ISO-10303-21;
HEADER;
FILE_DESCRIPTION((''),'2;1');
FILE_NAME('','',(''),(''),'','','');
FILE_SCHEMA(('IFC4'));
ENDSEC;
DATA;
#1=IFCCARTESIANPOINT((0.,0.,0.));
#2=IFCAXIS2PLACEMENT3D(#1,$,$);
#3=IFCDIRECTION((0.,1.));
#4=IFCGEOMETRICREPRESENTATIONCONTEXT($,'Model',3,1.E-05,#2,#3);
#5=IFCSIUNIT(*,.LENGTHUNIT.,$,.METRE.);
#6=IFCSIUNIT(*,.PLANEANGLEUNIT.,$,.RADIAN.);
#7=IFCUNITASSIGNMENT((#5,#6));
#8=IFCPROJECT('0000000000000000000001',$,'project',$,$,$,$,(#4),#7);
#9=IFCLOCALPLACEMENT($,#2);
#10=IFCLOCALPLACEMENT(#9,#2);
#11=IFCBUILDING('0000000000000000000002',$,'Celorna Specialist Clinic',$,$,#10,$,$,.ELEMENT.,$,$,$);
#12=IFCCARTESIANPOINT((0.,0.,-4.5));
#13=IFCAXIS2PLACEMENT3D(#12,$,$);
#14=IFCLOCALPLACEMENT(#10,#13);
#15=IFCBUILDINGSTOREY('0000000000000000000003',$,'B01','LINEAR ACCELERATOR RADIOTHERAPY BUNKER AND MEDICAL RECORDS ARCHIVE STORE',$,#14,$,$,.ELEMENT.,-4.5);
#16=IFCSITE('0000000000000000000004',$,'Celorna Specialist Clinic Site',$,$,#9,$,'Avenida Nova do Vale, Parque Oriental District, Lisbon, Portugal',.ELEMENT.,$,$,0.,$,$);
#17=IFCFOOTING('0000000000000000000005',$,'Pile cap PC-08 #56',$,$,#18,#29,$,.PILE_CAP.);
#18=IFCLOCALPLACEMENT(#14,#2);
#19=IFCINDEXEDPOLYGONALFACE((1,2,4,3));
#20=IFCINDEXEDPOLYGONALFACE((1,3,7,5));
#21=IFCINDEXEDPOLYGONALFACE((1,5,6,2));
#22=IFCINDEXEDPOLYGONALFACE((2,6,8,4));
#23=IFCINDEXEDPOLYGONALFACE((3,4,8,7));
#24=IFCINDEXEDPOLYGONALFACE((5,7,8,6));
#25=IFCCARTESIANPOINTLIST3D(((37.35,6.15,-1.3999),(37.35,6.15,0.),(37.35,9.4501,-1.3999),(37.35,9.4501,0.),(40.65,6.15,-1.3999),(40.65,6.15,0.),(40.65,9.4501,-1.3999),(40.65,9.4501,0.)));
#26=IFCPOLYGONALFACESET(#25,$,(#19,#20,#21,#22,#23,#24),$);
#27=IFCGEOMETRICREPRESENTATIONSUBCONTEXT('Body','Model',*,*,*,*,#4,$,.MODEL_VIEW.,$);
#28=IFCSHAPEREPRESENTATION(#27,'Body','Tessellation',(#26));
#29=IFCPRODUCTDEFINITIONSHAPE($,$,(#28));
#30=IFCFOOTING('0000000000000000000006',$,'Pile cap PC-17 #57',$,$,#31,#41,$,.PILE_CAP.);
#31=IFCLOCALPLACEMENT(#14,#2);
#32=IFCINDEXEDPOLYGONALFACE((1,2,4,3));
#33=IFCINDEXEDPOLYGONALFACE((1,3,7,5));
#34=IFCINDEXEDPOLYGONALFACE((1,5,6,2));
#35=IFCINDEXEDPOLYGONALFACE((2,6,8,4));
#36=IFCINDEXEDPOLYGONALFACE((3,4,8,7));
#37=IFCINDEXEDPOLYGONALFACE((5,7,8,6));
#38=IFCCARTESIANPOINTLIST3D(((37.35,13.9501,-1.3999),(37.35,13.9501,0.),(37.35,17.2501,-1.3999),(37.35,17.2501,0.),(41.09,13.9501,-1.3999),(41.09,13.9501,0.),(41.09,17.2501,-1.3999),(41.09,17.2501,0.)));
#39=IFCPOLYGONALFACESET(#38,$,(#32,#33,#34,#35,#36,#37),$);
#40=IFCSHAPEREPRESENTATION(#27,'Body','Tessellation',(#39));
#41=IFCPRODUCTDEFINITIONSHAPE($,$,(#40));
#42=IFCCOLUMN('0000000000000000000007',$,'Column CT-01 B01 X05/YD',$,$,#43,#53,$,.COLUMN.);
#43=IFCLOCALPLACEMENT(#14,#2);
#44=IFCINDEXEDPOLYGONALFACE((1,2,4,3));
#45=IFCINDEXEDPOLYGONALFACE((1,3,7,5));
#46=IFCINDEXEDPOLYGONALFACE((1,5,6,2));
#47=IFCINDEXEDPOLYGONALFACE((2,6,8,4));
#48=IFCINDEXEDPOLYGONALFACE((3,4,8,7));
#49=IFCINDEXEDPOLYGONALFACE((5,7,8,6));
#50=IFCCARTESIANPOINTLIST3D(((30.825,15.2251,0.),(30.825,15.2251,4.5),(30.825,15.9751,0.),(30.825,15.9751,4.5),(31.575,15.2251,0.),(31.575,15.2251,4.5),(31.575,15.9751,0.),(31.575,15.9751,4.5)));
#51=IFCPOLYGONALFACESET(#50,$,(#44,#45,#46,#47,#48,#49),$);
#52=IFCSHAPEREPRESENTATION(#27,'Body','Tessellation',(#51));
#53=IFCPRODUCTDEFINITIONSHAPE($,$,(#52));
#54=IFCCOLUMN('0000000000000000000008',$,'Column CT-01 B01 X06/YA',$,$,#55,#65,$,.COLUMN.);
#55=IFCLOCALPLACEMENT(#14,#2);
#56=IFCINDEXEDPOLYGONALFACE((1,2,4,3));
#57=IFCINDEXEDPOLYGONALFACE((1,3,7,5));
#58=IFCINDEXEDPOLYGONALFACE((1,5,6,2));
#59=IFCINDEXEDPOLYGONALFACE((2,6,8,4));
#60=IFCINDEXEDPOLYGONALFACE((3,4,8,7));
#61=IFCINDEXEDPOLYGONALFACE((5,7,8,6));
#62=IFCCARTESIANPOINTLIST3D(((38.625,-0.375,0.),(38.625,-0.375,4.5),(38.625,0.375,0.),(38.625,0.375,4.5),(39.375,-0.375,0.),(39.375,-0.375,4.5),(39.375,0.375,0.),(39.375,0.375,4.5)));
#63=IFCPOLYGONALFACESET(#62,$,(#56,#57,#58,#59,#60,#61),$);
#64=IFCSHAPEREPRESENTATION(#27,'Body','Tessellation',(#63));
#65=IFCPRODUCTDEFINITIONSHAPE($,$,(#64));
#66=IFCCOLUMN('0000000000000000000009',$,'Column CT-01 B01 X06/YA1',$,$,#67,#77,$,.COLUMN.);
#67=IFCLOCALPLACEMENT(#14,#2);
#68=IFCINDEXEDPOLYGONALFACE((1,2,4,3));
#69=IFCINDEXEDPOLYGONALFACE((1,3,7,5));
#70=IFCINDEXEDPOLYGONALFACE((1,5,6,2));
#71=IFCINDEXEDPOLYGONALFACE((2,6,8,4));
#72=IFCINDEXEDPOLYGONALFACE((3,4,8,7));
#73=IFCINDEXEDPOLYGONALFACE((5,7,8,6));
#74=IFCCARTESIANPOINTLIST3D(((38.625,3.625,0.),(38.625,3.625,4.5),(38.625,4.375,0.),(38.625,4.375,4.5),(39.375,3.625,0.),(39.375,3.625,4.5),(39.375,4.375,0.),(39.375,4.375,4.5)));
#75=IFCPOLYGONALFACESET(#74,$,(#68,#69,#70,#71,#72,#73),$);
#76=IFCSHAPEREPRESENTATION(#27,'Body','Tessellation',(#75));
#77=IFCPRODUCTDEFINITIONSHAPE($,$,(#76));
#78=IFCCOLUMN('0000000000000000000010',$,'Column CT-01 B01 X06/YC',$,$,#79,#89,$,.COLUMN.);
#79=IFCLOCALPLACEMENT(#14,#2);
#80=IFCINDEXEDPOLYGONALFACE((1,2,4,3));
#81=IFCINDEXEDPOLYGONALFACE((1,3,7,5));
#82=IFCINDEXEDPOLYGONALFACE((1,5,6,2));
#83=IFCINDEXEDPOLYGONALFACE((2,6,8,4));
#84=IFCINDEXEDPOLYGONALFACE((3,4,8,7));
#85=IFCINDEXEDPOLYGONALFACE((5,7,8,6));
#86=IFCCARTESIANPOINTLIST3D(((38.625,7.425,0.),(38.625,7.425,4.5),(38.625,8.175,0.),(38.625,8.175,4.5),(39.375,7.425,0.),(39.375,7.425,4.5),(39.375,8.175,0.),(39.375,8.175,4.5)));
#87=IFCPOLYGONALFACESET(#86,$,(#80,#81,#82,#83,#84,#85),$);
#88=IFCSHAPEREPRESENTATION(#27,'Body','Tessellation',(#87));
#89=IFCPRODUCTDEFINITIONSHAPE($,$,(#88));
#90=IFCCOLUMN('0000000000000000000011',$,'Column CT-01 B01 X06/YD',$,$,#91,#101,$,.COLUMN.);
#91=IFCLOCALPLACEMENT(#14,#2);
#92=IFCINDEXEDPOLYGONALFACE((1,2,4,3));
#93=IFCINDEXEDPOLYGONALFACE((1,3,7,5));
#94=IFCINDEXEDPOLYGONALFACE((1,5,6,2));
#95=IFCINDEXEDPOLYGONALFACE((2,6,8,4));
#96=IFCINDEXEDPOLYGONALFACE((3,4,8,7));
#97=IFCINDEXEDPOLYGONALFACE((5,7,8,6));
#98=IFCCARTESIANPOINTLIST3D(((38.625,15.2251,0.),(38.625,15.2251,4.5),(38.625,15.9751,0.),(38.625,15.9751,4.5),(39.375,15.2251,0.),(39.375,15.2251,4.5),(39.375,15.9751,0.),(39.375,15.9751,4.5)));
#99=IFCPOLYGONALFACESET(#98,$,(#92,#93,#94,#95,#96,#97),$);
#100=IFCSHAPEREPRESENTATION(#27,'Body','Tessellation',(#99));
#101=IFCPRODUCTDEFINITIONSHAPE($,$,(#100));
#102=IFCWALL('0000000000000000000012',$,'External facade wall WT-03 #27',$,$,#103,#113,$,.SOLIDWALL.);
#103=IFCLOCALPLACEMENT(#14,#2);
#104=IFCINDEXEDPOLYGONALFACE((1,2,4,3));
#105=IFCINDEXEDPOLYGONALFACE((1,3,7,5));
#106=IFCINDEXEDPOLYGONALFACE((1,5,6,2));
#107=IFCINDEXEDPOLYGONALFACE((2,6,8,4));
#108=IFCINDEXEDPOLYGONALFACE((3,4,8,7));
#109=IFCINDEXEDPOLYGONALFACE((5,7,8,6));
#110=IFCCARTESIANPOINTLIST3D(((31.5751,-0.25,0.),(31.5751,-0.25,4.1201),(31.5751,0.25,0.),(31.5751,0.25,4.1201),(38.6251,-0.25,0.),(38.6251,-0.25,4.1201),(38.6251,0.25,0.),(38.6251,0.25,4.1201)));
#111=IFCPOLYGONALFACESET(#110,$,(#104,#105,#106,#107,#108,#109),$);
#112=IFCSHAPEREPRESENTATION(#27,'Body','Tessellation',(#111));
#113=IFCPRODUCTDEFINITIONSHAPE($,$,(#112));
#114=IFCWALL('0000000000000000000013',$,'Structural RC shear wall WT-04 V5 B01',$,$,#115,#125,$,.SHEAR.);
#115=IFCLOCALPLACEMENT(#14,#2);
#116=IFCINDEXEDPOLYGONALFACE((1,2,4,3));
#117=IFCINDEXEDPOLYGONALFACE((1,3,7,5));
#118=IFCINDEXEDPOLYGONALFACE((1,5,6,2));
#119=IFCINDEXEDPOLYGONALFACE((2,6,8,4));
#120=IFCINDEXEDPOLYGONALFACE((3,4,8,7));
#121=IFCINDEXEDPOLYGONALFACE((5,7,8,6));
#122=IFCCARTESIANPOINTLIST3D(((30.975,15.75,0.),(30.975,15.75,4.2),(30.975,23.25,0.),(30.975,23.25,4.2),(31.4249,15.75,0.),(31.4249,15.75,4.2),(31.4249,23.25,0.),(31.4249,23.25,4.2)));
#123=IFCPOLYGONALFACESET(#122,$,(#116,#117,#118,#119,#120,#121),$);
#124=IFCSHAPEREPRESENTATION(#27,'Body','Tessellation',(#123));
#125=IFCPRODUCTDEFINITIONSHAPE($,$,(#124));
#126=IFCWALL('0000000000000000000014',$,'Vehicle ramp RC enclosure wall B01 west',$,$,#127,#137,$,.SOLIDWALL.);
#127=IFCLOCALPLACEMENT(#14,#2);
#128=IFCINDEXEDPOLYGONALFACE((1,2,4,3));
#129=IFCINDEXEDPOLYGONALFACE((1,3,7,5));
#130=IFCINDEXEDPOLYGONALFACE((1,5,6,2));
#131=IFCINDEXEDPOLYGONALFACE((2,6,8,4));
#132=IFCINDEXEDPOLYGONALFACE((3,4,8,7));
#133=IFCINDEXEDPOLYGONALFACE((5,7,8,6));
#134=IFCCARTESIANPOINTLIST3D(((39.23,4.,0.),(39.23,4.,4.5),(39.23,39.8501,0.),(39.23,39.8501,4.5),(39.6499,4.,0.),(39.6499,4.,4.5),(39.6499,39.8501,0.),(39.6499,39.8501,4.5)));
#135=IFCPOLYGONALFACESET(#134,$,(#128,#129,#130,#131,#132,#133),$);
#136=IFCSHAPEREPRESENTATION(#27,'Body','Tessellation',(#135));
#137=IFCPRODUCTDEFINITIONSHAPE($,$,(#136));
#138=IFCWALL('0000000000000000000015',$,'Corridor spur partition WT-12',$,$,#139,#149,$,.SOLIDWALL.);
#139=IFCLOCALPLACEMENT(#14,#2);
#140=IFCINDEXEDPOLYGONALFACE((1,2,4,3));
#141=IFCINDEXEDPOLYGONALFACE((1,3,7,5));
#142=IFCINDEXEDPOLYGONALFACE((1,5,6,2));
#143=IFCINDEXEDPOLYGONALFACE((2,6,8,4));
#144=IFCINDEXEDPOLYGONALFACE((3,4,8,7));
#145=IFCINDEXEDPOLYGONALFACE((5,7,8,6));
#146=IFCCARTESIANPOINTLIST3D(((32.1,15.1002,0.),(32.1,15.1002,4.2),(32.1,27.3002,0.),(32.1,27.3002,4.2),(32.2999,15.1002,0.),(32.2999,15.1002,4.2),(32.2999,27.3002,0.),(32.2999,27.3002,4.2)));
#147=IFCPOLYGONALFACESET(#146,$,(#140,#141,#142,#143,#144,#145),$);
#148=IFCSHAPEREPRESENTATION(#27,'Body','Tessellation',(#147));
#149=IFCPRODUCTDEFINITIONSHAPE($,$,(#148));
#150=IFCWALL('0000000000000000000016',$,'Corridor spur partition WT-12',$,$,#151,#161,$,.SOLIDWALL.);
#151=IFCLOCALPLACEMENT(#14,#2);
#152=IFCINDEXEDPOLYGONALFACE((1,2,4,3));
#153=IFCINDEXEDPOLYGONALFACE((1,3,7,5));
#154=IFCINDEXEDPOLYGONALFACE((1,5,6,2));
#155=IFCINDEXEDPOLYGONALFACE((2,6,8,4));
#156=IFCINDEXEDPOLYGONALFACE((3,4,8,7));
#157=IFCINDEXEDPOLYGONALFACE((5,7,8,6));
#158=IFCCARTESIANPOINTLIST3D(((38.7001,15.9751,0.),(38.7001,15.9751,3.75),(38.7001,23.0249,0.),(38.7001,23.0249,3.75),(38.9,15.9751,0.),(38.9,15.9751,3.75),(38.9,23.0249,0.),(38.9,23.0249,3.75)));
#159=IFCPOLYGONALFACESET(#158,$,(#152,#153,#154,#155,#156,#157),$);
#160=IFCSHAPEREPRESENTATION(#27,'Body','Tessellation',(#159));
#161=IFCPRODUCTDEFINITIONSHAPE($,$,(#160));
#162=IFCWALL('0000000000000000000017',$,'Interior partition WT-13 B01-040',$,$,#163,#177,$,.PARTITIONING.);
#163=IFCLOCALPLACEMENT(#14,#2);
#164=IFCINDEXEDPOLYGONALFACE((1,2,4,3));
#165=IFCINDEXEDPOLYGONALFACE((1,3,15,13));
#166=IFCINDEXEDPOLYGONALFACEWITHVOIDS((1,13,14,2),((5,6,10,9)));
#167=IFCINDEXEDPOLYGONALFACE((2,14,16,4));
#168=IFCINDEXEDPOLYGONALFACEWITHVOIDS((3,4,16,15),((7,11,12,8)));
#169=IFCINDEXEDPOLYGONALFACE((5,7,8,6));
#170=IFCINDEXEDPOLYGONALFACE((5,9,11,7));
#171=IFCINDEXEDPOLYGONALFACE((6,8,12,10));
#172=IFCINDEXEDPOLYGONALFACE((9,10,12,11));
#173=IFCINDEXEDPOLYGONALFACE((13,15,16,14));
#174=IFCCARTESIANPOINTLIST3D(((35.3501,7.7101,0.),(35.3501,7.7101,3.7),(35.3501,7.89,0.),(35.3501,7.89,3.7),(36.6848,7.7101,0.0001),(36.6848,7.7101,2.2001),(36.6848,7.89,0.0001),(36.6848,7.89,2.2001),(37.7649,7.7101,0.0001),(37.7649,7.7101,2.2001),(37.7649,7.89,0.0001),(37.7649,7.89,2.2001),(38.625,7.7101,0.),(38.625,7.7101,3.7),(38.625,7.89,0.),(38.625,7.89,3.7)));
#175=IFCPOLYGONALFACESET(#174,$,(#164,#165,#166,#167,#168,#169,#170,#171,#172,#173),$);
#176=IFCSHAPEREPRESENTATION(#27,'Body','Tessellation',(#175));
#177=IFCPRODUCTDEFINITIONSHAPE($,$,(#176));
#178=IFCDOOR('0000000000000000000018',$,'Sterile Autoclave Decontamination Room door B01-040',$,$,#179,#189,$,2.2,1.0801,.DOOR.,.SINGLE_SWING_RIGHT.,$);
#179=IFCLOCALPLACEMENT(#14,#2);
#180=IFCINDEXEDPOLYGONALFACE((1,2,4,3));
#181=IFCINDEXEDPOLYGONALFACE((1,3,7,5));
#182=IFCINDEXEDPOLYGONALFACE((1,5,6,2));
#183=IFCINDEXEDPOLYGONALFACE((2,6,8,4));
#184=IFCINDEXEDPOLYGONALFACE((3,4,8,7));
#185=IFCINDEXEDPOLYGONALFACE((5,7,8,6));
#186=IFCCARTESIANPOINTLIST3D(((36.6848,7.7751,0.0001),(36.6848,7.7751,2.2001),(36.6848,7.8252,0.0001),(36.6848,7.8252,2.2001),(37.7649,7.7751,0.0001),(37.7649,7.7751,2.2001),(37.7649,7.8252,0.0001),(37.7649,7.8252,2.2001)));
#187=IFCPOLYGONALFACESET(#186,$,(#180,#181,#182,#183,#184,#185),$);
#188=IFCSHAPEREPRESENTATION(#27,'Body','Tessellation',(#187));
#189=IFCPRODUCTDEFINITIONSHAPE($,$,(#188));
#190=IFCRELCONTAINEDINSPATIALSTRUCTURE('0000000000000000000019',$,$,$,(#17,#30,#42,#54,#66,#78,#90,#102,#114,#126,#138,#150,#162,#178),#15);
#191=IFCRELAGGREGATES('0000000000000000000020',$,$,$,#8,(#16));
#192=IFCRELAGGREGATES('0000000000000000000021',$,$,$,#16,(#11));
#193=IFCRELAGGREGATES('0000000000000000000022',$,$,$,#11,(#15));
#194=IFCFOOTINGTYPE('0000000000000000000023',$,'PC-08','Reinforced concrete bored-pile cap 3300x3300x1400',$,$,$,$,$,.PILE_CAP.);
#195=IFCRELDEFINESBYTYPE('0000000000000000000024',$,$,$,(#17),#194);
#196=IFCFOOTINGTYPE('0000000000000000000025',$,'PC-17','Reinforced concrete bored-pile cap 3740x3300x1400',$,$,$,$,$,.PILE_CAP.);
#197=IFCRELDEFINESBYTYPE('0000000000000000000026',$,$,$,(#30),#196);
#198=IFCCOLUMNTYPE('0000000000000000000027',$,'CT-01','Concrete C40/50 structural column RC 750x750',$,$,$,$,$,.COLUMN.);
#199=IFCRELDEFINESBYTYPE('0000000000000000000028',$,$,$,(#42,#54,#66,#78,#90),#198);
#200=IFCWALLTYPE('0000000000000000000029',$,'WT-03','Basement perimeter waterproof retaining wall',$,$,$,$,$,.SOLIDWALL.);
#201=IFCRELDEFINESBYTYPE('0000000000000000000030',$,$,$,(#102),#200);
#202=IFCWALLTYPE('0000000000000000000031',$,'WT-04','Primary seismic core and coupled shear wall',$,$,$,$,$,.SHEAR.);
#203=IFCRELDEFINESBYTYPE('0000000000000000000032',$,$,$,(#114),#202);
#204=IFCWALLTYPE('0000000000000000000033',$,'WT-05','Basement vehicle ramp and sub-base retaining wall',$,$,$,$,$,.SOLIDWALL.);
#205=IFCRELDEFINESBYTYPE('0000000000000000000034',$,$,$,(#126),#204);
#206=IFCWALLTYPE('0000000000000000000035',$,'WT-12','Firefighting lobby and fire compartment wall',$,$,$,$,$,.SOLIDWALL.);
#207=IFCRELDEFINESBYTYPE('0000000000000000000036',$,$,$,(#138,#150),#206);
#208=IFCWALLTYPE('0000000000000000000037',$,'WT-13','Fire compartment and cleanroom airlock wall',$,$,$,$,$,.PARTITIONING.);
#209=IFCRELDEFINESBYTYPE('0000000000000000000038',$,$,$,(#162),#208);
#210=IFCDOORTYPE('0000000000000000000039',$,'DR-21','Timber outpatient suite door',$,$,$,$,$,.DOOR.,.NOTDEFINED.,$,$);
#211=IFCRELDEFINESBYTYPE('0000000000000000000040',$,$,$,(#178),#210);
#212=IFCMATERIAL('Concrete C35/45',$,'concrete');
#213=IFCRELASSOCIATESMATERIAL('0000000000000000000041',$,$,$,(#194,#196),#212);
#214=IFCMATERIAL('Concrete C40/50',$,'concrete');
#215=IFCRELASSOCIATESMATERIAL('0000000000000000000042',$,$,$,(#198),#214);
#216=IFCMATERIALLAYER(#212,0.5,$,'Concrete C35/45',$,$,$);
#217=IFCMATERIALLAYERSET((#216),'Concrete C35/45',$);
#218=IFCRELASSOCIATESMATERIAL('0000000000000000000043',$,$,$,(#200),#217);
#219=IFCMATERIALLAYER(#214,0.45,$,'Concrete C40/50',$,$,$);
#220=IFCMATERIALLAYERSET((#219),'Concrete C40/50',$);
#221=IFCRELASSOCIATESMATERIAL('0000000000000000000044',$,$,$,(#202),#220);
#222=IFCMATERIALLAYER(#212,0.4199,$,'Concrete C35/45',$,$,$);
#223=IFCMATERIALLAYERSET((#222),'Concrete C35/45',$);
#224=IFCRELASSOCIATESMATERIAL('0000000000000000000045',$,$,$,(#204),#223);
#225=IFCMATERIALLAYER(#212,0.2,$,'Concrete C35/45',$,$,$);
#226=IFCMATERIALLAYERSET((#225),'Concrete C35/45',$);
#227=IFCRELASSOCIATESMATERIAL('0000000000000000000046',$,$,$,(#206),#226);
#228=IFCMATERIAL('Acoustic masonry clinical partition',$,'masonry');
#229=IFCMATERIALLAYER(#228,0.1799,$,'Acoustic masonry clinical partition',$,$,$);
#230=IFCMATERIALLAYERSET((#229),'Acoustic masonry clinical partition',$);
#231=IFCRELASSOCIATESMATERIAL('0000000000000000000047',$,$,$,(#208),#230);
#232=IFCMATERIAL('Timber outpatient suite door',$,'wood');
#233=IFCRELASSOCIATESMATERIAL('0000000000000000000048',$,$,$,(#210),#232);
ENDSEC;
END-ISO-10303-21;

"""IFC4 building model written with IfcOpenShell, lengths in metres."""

from ifc_helpers import new_model, si_unit, direction, frame, frame_2d, origin, origin_2d, place, context, subcontext, project, spatial, rectangle, extrude, material, layer, layer_set, material_profile, profile_set, type_object, element, fill, save


model = new_model("IFC4")

# Units and contexts
model_context = context("Model", 3, precision=1e-05, world=origin(), true_north=direction((0.0, 1.0)))
body_context = subcontext(model_context, "Body", "Model", "MODEL_VIEW")
ifc_project = project(units=[si_unit("LENGTHUNIT", "METRE"), si_unit("PLANEANGLEUNIT", "RADIAN")], contexts=[model_context])

# Site, building, storey
site_placement = place(None, origin())
site = spatial("IfcSite", under=ifc_project, at=site_placement, Name="Celorna Specialist Clinic Site", LongName="Avenida Nova do Vale, Parque Oriental District, Lisbon, Portugal", CompositionType="ELEMENT", RefElevation=0.0)
building_placement = place(site_placement, origin())
building = spatial("IfcBuilding", under=site, at=building_placement, Name="Celorna Specialist Clinic", CompositionType="ELEMENT")
storey_placement = place(building_placement, frame((0.0, 0.0, -4.5)))
storey = spatial("IfcBuildingStorey", under=building, at=storey_placement, Name="B01", Description="LINEAR ACCELERATOR RADIOTHERAPY BUNKER AND MEDICAL RECORDS ARCHIVE STORE", CompositionType="ELEMENT", Elevation=-4.5)

# Shared definitions
ifc_material_1 = material(Name="Concrete C35/45", Category="concrete")

# Footings
footing_type_1 = type_object("IfcFootingType", Name="PC-08", Description="Reinforced concrete bored-pile cap 3300x3300x1400", PredefinedType="PILE_CAP", material=ifc_material_1)
footing_1_placement = place(storey_placement, frame((39.0, 7.8, -1.3999), z_axis=(0.0, 0.0, 1.0), x_axis=(1.0, 0.0, 0.0)))
element("IfcFooting", 1, at=footing_1_placement, inside=storey, type_object=footing_type_1, Name="Pile cap PC-08 #56", PredefinedType="PILE_CAP", context=body_context, shape_type="SweptSolid", body=[
    extrude(rectangle(XDim=3.3, YDim=3.3, at=origin_2d()), origin(), (0.0, 0.0, 1.0), 1.3999),
])
footing_type_2 = type_object("IfcFootingType", Name="PC-17", Description="Reinforced concrete bored-pile cap 3740x3300x1400", PredefinedType="PILE_CAP", material=ifc_material_1)
footing_2_placement = place(storey_placement, frame((39.22, 15.6001, -1.3999), z_axis=(0.0, 0.0, 1.0), x_axis=(1.0, 0.0, 0.0)))
element("IfcFooting", 2, at=footing_2_placement, inside=storey, type_object=footing_type_2, Name="Pile cap PC-17 #57", PredefinedType="PILE_CAP", context=body_context, shape_type="SweptSolid", body=[
    extrude(rectangle(XDim=3.74, YDim=3.3, at=origin_2d()), origin(), (0.0, 0.0, 1.0), 1.3999),
])

# Columns
ifc_material_2 = material(Name="Concrete C40/50", Category="concrete")
ifc_material_profile_1 = material_profile(ifc_material_2, rectangle(XDim=0.75, YDim=0.75, at=origin_2d()), Name="RC 750x750")
ifc_profile_set_1 = profile_set([ifc_material_profile_1], Name="Concrete C40/50")
column_type = type_object("IfcColumnType", Name="CT-01", Description="Concrete C40/50 structural column RC 750x750", PredefinedType="COLUMN", material=ifc_profile_set_1)
for number, where, z_axis, x_axis, name in (
    (3, (31.2, 15.6001, 0.0), (0.0, 0.0, 1.0), (1.0, 0.0, 0.0), "Column CT-01 B01 X05/YD"),
    (4, (39.0, 0.0, 0.0), (0.0, 0.0, 1.0), (1.0, 0.0, 0.0), "Column CT-01 B01 X06/YA"),
    (5, (39.0, 4.0, 0.0), (0.0, 0.0, 1.0), (1.0, 0.0, 0.0), "Column CT-01 B01 X06/YA1"),
    (6, (39.0, 7.8, 0.0), (0.0, 0.0, 1.0), (1.0, 0.0, 0.0), "Column CT-01 B01 X06/YC"),
    (7, (39.0, 15.6001, 0.0), (0.0, 0.0, 1.0), (1.0, 0.0, 0.0), "Column CT-01 B01 X06/YD"),
):
    element("IfcColumn", number, at=place(storey_placement, frame(where, z_axis=z_axis, x_axis=x_axis)), inside=storey, type_object=column_type, Name=name, PredefinedType="COLUMN", context=body_context, shape_type="SweptSolid", body=[
        extrude(rectangle(XDim=0.75, YDim=0.75, at=origin_2d()), origin(), (0.0, 0.0, 1.0), 4.5),
    ])

# Walls
ifc_layer_1 = layer(ifc_material_1, 0.5, Name="Concrete C35/45")
ifc_layer_set_1 = layer_set([ifc_layer_1], Name="Concrete C35/45")
wall_type_1 = type_object("IfcWallType", Name="WT-03", Description="Basement perimeter waterproof retaining wall", PredefinedType="SOLIDWALL", material=ifc_layer_set_1)
wall_1_placement = place(storey_placement, frame((38.625, 0.0, 0.0), z_axis=(0.0, 0.0, 1.0), x_axis=(-1.0, 0.0, 0.0)))
element("IfcWall", 8, at=wall_1_placement, inside=storey, type_object=wall_type_1, Name="External facade wall WT-03 #27", PredefinedType="SOLIDWALL", context=body_context, shape_type="SweptSolid", body=[
    extrude(rectangle(XDim=7.05, YDim=0.5, at=frame_2d((3.5249, 0.0))), origin(), (0.0, 0.0, 1.0), 4.1201),
])
ifc_layer_2 = layer(ifc_material_2, 0.45, Name="Concrete C40/50")
ifc_layer_set_2 = layer_set([ifc_layer_2], Name="Concrete C40/50")
wall_type_2 = type_object("IfcWallType", Name="WT-04", Description="Primary seismic core and coupled shear wall", PredefinedType="SHEAR", material=ifc_layer_set_2)
wall_2_placement = place(storey_placement, frame((31.2, 15.75, 0.0), z_axis=(0.0, 0.0, 1.0), x_axis=(0.0, 1.0, 0.0)))
element("IfcWall", 9, at=wall_2_placement, inside=storey, type_object=wall_type_2, Name="Structural RC shear wall WT-04 V5 B01", PredefinedType="SHEAR", context=body_context, shape_type="SweptSolid", body=[
    extrude(rectangle(XDim=7.5, YDim=0.45, at=frame_2d((3.75, 0.0))), origin(), (0.0, 0.0, 1.0), 4.2),
])
ifc_layer_3 = layer(ifc_material_1, 0.4199, Name="Concrete C35/45")
ifc_layer_set_3 = layer_set([ifc_layer_3], Name="Concrete C35/45")
wall_type_3 = type_object("IfcWallType", Name="WT-05", Description="Basement vehicle ramp and sub-base retaining wall", PredefinedType="SOLIDWALL", material=ifc_layer_set_3)
wall_3_placement = place(storey_placement, frame((39.4399, 4.0, 0.0), z_axis=(0.0, 0.0, 1.0), x_axis=(0.0, 1.0, 0.0)))
element("IfcWall", 10, at=wall_3_placement, inside=storey, type_object=wall_type_3, Name="Vehicle ramp RC enclosure wall B01 west", PredefinedType="SOLIDWALL", context=body_context, shape_type="SweptSolid", body=[
    extrude(rectangle(XDim=35.8501, YDim=0.4199, at=frame_2d((17.925, 0.0))), origin(), (0.0, 0.0, 1.0), 4.5),
])
ifc_layer_4 = layer(ifc_material_1, 0.2, Name="Concrete C35/45")
ifc_layer_set_4 = layer_set([ifc_layer_4], Name="Concrete C35/45")
wall_type_4 = type_object("IfcWallType", Name="WT-12", Description="Firefighting lobby and fire compartment wall", PredefinedType="SOLIDWALL", material=ifc_layer_set_4)
wall_4_placement = place(storey_placement, frame((32.2, 15.1001, 0.0), z_axis=(0.0, 0.0, 1.0), x_axis=(0.0, 1.0, 0.0)))
element("IfcWall", 11, at=wall_4_placement, inside=storey, type_object=wall_type_4, Name="Corridor spur partition WT-12", PredefinedType="SOLIDWALL", context=body_context, shape_type="SweptSolid", body=[
    extrude(rectangle(XDim=12.2, YDim=0.2, at=frame_2d((6.1001, 0.0))), origin(), (0.0, 0.0, 1.0), 4.2),
])
wall_5_placement = place(storey_placement, frame((38.8, 15.9751, 0.0), z_axis=(0.0, 0.0, 1.0), x_axis=(0.0, 1.0, 0.0)))
element("IfcWall", 12, at=wall_5_placement, inside=storey, type_object=wall_type_4, Name="Corridor spur partition WT-12", PredefinedType="SOLIDWALL", context=body_context, shape_type="SweptSolid", body=[
    extrude(rectangle(XDim=7.0498, YDim=0.2, at=frame_2d((3.5249, 0.0))), origin(), (0.0, 0.0, 1.0), 3.75),
])

# Wall, opening, door
ifc_material_3 = material(Name="Acoustic masonry clinical partition", Category="masonry")
ifc_layer_5 = layer(ifc_material_3, 0.1799, Name="Acoustic masonry clinical partition")
ifc_layer_set_5 = layer_set([ifc_layer_5], Name="Acoustic masonry clinical partition")
wall_type_5 = type_object("IfcWallType", Name="WT-13", Description="Fire compartment and cleanroom airlock wall", PredefinedType="PARTITIONING", material=ifc_layer_set_5)
wall_6_placement = place(storey_placement, frame((38.625, 7.8, 0.0), z_axis=(0.0, 0.0, 1.0), x_axis=(-1.0, 0.0, 0.0)))
wall_6 = element("IfcWall", 13, at=wall_6_placement, inside=storey, type_object=wall_type_5, Name="Interior partition WT-13 B01-040", PredefinedType="PARTITIONING", context=body_context, shape_type="SweptSolid", body=[
    extrude(rectangle(XDim=3.2749, YDim=0.1799, at=frame_2d((1.6375, 0.0))), origin(), (0.0, 0.0, 1.0), 3.7),
])
opening_1_placement = place(wall_6_placement, frame((0.8601, 0.0, 0.0)))
opening_1 = element("IfcOpeningElement", 14, at=opening_1_placement, cuts=wall_6, PredefinedType="OPENING", context=body_context, shape_type="SweptSolid", body=[
    extrude(rectangle(XDim=1.0801, YDim=2.2, at=frame_2d((0.54, 1.1001))), frame((0.0, 0.0999, 0.0), z_axis=(0.0, -1.0, 0.0), x_axis=(1.0, 0.0, 0.0)), (0.0, 0.0, 1.0), 0.2),
])
ifc_material_4 = material(Name="Timber outpatient suite door", Category="wood")
door_type_1 = type_object("IfcDoorType", Name="DR-21", Description="Timber outpatient suite door", OperationType="NOTDEFINED", PredefinedType="DOOR", material=ifc_material_4)
door_1_placement = place(opening_1_placement, origin())
door_1 = element("IfcDoor", 15, at=door_1_placement, inside=storey, type_object=door_type_1, Name="Sterile Autoclave Decontamination Room door B01-040", OperationType="SINGLE_SWING_RIGHT", OverallHeight=2.2, OverallWidth=1.0801, PredefinedType="DOOR", context=body_context, shape_type="SweptSolid", body=[
    extrude(rectangle(XDim=1.0801, YDim=2.2, at=frame_2d((0.54, 1.1001))), frame((0.0, 0.0249, 0.0), z_axis=(0.0, -1.0, 0.0), x_axis=(1.0, 0.0, 0.0)), (0.0, 0.0, 1.0), 0.05),
])
fill(opening_1, door_1)

save(model, "model.ifc")
